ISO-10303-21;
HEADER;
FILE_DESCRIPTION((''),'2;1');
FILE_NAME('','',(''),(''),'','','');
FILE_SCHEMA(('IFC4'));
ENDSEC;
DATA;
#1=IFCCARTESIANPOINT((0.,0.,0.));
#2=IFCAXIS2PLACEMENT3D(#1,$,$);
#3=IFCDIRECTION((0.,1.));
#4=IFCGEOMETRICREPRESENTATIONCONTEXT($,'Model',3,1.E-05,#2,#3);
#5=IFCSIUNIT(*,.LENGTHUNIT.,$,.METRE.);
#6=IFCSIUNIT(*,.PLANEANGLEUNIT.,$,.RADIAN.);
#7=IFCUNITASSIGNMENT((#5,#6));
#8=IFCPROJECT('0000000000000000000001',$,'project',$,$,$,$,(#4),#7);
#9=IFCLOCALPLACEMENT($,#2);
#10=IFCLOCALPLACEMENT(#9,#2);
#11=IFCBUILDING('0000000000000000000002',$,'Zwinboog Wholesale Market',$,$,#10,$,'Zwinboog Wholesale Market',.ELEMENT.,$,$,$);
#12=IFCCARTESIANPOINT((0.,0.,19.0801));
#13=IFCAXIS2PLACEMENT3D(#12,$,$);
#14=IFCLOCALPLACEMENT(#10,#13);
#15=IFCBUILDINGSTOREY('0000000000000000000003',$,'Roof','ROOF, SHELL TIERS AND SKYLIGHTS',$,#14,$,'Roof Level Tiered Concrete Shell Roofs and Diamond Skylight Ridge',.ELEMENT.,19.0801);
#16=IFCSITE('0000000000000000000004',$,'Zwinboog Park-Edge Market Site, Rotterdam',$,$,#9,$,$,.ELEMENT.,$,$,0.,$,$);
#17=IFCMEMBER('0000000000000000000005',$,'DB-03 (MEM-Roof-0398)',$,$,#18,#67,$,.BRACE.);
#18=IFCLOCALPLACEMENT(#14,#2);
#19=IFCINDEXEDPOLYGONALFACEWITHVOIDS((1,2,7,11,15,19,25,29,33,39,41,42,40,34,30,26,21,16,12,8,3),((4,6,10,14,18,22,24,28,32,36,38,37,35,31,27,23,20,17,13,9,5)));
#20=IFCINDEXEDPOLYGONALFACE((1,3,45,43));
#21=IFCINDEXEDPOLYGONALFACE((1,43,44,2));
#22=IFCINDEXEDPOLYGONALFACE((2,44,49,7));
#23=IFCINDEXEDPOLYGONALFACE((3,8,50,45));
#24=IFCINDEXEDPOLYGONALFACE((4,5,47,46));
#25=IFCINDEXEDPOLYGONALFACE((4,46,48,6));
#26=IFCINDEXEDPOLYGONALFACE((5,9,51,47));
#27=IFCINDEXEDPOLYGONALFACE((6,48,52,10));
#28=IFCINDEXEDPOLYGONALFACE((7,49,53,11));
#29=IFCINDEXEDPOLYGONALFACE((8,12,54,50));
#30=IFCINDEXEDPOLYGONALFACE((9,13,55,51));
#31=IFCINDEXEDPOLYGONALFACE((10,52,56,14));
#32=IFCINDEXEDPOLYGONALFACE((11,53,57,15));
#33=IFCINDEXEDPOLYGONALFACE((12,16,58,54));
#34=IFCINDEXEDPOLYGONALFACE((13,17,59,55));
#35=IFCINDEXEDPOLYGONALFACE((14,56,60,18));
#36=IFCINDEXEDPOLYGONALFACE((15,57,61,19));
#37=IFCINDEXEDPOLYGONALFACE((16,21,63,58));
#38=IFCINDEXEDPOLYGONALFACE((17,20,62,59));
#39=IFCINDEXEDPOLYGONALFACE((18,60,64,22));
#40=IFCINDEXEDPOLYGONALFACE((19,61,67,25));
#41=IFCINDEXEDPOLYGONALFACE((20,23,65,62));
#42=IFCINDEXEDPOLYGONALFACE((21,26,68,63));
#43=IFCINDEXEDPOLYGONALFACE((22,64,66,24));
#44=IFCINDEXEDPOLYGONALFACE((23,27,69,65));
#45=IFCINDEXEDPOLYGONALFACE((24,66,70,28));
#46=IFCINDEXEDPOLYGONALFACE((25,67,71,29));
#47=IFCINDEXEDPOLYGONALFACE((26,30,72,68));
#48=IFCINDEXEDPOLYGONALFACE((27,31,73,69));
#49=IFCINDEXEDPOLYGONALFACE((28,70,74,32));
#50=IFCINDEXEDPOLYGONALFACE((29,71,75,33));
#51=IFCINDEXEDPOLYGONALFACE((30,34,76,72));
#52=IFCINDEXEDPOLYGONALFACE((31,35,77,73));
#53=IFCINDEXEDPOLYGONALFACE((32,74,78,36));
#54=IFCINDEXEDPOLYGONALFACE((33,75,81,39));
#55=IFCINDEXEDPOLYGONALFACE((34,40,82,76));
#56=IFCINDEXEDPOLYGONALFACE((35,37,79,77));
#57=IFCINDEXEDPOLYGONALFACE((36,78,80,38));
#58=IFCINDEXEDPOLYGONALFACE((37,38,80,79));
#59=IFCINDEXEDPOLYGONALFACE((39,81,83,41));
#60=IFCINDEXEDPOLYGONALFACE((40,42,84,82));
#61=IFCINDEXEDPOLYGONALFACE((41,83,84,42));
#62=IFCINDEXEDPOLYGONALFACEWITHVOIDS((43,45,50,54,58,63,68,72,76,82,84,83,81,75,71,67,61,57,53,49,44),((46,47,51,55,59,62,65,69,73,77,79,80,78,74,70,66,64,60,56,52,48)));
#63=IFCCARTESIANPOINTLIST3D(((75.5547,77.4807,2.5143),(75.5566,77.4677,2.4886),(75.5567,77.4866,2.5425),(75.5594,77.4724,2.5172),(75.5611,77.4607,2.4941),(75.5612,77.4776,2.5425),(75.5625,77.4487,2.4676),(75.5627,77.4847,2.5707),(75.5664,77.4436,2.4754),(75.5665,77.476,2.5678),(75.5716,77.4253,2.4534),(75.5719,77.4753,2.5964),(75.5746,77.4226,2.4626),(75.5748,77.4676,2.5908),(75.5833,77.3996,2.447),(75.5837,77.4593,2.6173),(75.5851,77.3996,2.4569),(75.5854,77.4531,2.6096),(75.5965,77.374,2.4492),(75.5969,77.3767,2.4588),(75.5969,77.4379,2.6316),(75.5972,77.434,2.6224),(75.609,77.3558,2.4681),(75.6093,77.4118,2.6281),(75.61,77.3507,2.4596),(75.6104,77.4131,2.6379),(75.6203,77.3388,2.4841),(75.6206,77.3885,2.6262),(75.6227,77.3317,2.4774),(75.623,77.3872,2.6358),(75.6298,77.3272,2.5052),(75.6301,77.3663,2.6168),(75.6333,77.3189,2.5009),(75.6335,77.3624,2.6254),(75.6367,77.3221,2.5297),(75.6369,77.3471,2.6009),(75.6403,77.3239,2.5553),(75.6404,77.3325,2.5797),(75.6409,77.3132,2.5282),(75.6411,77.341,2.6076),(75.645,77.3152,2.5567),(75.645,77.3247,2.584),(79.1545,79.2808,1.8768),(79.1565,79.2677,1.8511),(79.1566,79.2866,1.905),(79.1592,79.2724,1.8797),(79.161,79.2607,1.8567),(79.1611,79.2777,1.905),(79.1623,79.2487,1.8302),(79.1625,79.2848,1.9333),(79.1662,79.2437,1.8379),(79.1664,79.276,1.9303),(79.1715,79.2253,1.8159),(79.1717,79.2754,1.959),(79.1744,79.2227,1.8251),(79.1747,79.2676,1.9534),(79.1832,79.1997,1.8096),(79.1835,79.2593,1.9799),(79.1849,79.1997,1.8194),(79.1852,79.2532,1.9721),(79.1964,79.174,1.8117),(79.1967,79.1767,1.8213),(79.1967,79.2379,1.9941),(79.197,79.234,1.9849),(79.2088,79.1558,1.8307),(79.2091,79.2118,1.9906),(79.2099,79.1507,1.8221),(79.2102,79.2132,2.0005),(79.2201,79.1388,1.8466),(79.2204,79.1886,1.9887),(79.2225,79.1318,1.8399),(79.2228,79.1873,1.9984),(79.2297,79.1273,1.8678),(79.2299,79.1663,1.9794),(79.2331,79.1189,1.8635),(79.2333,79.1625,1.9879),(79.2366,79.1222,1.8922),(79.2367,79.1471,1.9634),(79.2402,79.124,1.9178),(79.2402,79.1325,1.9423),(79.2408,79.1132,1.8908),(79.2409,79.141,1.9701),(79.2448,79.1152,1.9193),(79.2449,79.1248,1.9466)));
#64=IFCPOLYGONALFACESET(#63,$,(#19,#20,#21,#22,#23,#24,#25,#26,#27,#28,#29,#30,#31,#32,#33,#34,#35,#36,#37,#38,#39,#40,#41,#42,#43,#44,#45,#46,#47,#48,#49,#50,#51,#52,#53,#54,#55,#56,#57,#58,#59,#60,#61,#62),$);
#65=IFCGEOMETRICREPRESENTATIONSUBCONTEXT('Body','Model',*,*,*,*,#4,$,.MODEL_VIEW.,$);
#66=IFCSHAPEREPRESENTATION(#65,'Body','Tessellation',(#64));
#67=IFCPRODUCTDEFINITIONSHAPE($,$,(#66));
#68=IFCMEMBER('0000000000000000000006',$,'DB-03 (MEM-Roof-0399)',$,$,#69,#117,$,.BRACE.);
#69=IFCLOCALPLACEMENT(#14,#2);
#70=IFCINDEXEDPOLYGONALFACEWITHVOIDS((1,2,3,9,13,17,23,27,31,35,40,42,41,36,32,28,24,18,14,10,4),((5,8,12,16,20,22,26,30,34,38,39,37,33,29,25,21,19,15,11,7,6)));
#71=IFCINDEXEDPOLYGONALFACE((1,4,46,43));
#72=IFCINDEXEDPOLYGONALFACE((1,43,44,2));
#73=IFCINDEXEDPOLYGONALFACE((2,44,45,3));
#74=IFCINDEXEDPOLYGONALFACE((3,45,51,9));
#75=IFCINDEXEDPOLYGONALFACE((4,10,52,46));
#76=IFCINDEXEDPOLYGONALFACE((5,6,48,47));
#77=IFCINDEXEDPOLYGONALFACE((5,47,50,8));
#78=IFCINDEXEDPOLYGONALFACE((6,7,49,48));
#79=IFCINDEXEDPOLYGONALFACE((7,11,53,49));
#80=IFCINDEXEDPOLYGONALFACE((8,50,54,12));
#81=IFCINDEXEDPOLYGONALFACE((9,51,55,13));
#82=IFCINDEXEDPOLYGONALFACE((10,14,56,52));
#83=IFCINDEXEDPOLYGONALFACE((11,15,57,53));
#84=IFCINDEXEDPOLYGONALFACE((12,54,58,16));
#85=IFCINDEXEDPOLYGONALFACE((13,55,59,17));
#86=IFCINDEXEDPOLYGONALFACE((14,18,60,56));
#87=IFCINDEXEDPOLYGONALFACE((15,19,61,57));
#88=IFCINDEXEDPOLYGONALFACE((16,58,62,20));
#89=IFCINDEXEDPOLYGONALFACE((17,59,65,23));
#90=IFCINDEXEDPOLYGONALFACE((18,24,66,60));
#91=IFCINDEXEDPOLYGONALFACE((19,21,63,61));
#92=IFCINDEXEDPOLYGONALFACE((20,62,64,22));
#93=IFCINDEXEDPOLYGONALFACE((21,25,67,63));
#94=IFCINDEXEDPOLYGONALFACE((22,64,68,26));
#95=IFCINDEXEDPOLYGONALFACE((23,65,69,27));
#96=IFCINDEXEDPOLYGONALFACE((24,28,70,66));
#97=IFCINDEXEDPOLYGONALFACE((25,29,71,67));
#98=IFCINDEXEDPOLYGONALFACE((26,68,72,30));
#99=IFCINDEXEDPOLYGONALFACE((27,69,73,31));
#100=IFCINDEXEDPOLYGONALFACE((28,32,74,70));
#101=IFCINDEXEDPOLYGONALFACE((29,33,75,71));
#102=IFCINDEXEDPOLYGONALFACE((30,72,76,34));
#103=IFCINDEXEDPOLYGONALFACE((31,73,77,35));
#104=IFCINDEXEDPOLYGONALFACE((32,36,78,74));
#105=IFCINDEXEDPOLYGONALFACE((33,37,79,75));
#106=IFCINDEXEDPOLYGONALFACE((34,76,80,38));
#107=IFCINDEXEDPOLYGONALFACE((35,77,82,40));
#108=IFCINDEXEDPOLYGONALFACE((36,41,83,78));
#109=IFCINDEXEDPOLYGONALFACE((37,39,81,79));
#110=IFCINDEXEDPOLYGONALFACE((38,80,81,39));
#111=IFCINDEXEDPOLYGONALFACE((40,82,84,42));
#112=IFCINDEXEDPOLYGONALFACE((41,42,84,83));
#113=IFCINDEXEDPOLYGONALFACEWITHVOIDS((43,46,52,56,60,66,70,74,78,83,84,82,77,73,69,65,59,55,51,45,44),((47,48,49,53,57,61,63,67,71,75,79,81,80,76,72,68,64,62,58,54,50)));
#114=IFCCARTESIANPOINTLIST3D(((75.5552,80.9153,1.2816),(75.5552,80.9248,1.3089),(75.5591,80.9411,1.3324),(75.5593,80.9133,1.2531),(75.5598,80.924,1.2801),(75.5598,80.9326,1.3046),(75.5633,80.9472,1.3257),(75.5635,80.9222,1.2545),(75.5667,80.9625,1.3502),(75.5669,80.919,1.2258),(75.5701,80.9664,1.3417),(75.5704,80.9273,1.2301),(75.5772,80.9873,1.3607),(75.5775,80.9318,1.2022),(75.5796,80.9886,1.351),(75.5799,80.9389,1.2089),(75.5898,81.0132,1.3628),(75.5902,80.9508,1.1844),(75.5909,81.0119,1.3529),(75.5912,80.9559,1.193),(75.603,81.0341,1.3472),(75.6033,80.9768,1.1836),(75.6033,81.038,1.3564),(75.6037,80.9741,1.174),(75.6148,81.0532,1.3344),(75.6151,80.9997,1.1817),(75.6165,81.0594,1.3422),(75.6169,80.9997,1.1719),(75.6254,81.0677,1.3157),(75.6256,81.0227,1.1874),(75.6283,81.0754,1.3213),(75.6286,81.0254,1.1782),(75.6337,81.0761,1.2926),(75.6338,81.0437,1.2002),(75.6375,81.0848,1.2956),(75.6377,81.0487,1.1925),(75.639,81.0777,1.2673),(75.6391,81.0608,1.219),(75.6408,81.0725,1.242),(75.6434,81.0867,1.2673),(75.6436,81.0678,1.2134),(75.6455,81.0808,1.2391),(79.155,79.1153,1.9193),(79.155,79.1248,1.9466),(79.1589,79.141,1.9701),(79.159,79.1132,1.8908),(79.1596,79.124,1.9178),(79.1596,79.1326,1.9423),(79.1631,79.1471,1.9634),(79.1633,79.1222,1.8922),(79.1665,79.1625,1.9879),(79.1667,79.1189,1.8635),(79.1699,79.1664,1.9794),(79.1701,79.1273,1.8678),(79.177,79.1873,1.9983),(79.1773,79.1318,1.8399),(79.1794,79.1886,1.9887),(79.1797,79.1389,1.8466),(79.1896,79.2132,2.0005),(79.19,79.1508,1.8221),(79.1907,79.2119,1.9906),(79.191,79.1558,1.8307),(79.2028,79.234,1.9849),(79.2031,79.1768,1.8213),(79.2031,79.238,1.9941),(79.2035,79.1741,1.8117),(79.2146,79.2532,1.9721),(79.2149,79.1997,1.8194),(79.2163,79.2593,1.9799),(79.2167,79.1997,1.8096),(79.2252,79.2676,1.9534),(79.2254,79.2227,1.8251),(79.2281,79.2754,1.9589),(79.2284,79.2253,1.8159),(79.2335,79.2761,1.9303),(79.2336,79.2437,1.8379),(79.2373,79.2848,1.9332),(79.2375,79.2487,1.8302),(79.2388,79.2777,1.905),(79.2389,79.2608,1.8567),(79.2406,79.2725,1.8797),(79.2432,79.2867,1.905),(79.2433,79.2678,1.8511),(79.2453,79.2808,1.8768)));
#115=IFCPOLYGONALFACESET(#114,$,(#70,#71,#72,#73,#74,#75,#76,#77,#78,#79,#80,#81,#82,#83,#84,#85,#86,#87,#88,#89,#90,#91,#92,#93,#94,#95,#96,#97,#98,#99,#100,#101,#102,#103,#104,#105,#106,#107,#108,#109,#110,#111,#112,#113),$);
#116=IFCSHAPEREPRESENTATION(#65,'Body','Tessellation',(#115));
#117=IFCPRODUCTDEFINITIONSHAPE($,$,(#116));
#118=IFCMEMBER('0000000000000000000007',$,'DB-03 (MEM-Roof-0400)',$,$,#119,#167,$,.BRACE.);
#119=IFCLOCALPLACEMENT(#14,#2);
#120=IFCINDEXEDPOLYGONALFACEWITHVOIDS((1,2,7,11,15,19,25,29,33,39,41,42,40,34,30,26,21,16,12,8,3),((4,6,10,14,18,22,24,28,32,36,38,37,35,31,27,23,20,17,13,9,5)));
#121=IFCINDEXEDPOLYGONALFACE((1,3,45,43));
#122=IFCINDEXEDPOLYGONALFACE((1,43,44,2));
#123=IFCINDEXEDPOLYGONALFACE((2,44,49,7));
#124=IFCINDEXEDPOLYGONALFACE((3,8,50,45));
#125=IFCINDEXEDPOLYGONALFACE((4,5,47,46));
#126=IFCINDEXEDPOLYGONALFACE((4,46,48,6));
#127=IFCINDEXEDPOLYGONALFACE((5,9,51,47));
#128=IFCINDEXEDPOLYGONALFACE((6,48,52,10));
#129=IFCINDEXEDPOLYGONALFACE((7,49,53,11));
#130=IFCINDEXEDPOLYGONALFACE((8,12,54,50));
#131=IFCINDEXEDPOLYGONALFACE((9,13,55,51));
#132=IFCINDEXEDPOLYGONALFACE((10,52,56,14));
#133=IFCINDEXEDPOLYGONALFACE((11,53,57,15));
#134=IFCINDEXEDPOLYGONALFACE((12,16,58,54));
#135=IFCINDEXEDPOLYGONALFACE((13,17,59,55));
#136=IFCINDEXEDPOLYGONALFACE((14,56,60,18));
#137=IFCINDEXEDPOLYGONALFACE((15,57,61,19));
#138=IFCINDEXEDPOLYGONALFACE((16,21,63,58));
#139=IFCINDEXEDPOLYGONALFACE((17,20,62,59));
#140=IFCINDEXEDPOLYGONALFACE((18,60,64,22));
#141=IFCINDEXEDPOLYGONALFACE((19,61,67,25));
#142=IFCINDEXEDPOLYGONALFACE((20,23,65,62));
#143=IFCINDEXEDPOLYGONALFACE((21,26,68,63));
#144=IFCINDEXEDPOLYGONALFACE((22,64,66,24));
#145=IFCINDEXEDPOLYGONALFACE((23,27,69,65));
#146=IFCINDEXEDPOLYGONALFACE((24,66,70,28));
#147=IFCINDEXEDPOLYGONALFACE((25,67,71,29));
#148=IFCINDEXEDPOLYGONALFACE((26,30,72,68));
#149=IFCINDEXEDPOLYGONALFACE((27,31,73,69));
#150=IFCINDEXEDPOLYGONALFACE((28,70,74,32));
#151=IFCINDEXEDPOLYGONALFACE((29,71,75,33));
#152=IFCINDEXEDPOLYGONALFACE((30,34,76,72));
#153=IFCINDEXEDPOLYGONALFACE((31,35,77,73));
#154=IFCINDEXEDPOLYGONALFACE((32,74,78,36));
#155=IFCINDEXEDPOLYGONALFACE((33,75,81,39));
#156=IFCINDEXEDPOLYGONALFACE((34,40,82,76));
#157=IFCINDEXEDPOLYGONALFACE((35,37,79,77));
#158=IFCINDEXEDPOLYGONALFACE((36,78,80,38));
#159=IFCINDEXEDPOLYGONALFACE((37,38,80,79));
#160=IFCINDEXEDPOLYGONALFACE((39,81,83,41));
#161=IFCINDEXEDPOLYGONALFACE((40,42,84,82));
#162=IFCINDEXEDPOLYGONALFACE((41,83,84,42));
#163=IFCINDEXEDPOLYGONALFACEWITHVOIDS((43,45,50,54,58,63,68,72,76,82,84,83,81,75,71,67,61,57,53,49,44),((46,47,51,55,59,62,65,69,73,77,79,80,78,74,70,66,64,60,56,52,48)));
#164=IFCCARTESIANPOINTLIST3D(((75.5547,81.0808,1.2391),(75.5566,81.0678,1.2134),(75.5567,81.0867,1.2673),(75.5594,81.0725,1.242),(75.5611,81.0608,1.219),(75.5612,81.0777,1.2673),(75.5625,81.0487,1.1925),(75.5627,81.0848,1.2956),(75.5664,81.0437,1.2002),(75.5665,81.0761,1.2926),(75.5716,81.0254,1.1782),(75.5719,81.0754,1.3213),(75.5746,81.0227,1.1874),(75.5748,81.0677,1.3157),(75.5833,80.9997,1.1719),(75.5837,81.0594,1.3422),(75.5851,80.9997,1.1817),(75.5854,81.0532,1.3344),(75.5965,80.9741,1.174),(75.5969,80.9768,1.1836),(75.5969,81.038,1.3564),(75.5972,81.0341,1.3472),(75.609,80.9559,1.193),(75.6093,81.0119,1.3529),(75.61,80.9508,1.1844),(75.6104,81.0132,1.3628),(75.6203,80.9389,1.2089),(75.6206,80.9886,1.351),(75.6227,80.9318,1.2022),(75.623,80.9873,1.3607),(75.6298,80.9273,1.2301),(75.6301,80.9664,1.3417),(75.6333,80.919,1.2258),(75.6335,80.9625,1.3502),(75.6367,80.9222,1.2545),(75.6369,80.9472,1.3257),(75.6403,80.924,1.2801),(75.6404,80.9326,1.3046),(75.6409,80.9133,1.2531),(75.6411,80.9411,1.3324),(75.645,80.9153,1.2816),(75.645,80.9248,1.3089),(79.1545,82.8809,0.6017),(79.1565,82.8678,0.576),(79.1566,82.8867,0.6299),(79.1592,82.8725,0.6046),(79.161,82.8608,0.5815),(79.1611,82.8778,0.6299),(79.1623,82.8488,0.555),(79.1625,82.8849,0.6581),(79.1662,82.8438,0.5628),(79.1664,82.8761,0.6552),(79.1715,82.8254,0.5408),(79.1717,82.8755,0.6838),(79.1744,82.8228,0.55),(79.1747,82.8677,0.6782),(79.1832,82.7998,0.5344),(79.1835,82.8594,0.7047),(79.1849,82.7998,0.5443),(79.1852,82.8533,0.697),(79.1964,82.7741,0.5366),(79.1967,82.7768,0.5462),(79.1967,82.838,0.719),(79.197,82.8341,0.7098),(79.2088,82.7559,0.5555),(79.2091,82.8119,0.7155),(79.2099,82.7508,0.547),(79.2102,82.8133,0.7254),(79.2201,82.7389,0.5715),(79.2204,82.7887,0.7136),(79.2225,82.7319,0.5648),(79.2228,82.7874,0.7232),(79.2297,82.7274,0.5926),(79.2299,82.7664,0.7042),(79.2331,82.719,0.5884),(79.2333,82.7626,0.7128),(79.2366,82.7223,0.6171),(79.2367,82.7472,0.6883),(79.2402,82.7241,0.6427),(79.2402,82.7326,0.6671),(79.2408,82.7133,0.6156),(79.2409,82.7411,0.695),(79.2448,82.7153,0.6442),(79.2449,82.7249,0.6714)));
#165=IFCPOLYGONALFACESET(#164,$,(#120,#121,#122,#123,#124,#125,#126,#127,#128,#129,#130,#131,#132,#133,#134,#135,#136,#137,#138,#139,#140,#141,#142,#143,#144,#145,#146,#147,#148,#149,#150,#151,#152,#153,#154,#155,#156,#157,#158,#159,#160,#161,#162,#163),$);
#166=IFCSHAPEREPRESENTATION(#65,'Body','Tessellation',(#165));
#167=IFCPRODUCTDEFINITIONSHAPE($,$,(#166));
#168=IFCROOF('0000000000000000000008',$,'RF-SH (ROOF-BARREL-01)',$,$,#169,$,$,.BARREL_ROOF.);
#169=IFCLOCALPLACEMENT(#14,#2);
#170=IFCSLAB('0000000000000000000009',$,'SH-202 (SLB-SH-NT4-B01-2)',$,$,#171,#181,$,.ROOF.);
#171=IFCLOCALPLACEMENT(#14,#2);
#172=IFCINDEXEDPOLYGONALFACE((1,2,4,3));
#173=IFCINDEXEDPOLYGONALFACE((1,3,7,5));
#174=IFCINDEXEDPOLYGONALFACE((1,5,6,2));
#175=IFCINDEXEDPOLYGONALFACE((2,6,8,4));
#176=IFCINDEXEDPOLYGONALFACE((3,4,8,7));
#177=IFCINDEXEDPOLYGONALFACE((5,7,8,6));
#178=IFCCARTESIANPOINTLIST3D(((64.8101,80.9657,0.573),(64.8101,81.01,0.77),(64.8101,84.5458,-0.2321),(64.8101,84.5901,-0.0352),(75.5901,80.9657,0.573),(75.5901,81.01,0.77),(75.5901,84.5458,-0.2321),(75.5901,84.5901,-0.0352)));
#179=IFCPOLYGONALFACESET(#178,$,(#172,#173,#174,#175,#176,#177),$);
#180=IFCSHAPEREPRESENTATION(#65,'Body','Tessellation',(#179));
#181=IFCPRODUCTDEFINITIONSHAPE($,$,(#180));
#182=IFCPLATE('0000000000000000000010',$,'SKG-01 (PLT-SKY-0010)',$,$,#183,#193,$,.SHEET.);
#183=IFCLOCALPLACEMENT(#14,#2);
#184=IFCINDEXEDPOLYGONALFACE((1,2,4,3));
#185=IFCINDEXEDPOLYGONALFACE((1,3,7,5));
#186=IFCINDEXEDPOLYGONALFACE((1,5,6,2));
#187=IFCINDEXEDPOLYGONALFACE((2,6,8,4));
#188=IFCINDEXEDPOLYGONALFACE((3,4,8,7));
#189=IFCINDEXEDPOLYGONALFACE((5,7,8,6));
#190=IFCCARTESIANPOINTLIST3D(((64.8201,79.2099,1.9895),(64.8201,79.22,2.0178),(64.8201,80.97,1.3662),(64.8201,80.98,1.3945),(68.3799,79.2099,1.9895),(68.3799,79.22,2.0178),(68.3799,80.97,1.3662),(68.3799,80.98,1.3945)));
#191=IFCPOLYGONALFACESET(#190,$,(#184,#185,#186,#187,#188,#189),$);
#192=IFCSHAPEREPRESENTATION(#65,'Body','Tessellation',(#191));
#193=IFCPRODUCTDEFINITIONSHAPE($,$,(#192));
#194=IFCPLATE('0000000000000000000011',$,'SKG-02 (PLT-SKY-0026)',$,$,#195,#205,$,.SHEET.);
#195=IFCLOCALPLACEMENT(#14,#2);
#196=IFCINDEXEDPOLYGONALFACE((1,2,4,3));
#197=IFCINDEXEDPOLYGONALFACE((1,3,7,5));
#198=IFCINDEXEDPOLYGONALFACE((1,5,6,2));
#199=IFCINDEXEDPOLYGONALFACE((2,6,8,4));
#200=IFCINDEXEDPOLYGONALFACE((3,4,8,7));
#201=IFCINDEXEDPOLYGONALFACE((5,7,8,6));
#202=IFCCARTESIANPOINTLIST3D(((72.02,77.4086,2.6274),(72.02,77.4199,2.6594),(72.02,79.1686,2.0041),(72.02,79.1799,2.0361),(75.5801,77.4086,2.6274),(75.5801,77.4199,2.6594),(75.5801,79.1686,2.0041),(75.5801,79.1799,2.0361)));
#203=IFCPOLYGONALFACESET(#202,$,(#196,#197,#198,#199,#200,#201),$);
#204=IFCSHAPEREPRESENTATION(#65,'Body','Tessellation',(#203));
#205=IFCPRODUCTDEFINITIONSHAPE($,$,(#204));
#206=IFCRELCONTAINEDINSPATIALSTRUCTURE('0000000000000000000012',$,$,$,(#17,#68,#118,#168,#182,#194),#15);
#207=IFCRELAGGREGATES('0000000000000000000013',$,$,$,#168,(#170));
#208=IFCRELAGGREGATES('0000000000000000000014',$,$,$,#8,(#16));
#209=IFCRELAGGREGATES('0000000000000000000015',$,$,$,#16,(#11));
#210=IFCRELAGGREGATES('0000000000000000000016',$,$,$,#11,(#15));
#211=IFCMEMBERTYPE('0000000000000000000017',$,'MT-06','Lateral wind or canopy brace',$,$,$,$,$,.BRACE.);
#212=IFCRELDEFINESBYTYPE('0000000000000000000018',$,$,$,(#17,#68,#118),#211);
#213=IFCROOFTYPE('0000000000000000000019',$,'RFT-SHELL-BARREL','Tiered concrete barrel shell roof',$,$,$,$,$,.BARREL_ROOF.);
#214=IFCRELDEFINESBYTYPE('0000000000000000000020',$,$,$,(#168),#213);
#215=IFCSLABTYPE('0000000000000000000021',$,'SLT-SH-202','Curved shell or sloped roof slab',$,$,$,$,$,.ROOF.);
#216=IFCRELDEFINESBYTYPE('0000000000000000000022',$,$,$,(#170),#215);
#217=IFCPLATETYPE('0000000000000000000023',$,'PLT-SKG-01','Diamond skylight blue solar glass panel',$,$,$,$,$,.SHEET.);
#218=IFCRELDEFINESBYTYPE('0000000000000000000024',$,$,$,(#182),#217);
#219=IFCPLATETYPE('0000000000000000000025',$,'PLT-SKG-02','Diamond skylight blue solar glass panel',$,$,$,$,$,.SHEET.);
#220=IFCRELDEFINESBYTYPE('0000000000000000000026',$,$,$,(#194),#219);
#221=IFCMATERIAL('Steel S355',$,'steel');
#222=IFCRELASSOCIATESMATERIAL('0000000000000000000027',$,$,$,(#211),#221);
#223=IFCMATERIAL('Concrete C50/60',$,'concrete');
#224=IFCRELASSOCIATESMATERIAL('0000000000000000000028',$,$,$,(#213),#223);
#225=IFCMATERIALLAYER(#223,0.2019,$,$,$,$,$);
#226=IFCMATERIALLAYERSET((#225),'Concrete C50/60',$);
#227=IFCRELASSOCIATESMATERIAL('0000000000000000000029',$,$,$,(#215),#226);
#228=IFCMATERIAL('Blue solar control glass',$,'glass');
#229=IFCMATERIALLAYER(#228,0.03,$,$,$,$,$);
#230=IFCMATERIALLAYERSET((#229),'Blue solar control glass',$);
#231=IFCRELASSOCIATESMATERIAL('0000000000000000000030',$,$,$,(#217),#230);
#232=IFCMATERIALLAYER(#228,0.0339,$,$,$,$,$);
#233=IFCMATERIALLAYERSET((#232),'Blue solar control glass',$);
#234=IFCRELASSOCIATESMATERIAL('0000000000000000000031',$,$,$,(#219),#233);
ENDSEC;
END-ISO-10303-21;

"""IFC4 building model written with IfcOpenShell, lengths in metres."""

from ifc_helpers import new_model, si_unit, direction, frame, origin, origin_2d, place, context, subcontext, project, spatial, polyline, hollow_circle, outline, extrude, material, layer, layer_set, material_profile, profile_set, type_object, element, aggregate, save


model = new_model("IFC4")

# Units and contexts
model_context = context("Model", 3, precision=1e-05, world=origin(), true_north=direction((0.0, 1.0)))
body_context = subcontext(model_context, "Body", "Model", "MODEL_VIEW")
ifc_project = project(units=[si_unit("LENGTHUNIT", "METRE"), si_unit("PLANEANGLEUNIT", "RADIAN")], contexts=[model_context])

# Site, building, storey
site_placement = place(None, origin())
site = spatial("IfcSite", under=ifc_project, at=site_placement, Name="Zwinboog Park-Edge Market Site, Rotterdam", CompositionType="ELEMENT", RefElevation=0.0)
building_placement = place(site_placement, origin())
building = spatial("IfcBuilding", under=site, at=building_placement, Name="Zwinboog Wholesale Market", LongName="Zwinboog Wholesale Market", CompositionType="ELEMENT")
storey_placement = place(building_placement, frame((0.0, 0.0, 19.0801)))
storey = spatial("IfcBuildingStorey", under=building, at=storey_placement, Name="Roof", Description="ROOF, SHELL TIERS AND SKYLIGHTS", LongName="Roof Level Tiered Concrete Shell Roofs and Diamond Skylight Ridge", CompositionType="ELEMENT", Elevation=19.0801)

# Members
ifc_material_1 = material(Name="Steel S355", Category="steel")
ifc_material_profile_1 = material_profile(ifc_material_1, hollow_circle(Radius=0.0969, WallThickness=0.01, at=origin_2d()), Name="CHS 193.7x10")
ifc_profile_set_1 = profile_set([ifc_material_profile_1], Name="Steel S355")
member_type_1 = type_object("IfcMemberType", Name="MT-06", Description="Lateral wind or canopy brace", PredefinedType="BRACE", material=ifc_profile_set_1)
for number, where, z_axis, x_axis, name in (
    (1, (75.6001, 77.3999, 2.5425), (0.883404, 0.441732, -0.15643), (-0.447238, 0.894415, 0.0), "DB-03 (MEM-Roof-0398)"),
    (2, (75.6001, 81.0, 1.2673), (0.883396, -0.441728, 0.156489), (0.447238, 0.894415, 0.0), "DB-03 (MEM-Roof-0399)"),
    (3, (75.6001, 81.0, 1.2673), (0.883404, 0.441732, -0.15643), (-0.447238, 0.894415, 0.0), "DB-03 (MEM-Roof-0400)"),
):
    element("IfcMember", number, at=place(storey_placement, frame(where, z_axis=z_axis, x_axis=x_axis)), inside=storey, type_object=member_type_1, Name=name, PredefinedType="BRACE", context=body_context, shape_type="SweptSolid", body=[
        extrude(hollow_circle(Radius=0.0969, WallThickness=0.01, at=origin_2d()), origin(), (0.0, 0.0, 1.0), 4.075),
    ])

# Roof, slab
ifc_material_2 = material(Name="Concrete C50/60", Category="concrete")
roof_type = type_object("IfcRoofType", Name="RFT-SHELL-BARREL", Description="Tiered concrete barrel shell roof", PredefinedType="BARREL_ROOF", material=ifc_material_2)
roof_placement = place(storey_placement, origin())
roof = element("IfcRoof", 4, at=roof_placement, inside=storey, type_object=roof_type, Name="RF-SH (ROOF-BARREL-01)", PredefinedType="BARREL_ROOF")
ifc_layer_1 = layer(ifc_material_2, 0.2019)
ifc_layer_set_1 = layer_set([ifc_layer_1], Name="Concrete C50/60")
slab_type = type_object("IfcSlabType", Name="SLT-SH-202", Description="Curved shell or sloped roof slab", PredefinedType="ROOF", material=ifc_layer_set_1)
slab_placement = place(storey_placement, frame((64.8101, 81.01, 0.77), z_axis=(0.0, 0.219424, 0.97563), x_axis=(1.0, 0.0, 0.0)))
slab = element("IfcSlab", 5, at=slab_placement, type_object=slab_type, Name="SH-202 (SLB-SH-NT4-B01-2)", PredefinedType="ROOF", context=body_context, shape_type="SweptSolid", body=[
    extrude(outline(polyline([(0.0, 0.0), (10.78, 0.0), (10.78, 3.6695), (0.0, 3.6695), (0.0, 0.0)])), origin(), (0.0, 0.0, -1.0), 0.2019),
])
aggregate(roof, [slab])

# Plates
ifc_material_3 = material(Name="Blue solar control glass", Category="glass")
ifc_layer_2 = layer(ifc_material_3, 0.03)
ifc_layer_set_2 = layer_set([ifc_layer_2], Name="Blue solar control glass")
plate_type_1 = type_object("IfcPlateType", Name="PLT-SKG-01", Description="Diamond skylight blue solar glass panel", PredefinedType="SHEET", material=ifc_layer_set_2)
plate_1_placement = place(storey_placement, frame((64.8201, 79.22, 2.0178), z_axis=(0.0, 0.333825, 0.942635), x_axis=(1.0, 0.0, 0.0)))
element("IfcPlate", 6, at=plate_1_placement, inside=storey, type_object=plate_type_1, Name="SKG-01 (PLT-SKY-0010)", PredefinedType="SHEET", context=body_context, shape_type="SweptSolid", body=[
    extrude(outline(polyline([(0.0, 0.0), (3.5598, 0.0), (3.5598, 1.8671), (0.0, 1.8671), (0.0, 0.0)])), origin(), (0.0, 0.0, -1.0), 0.03),
])
ifc_layer_3 = layer(ifc_material_3, 0.0339)
ifc_layer_set_3 = layer_set([ifc_layer_3], Name="Blue solar control glass")
plate_type_2 = type_object("IfcPlateType", Name="PLT-SKG-02", Description="Diamond skylight blue solar glass panel", PredefinedType="SHEET", material=ifc_layer_set_3)
plate_2_placement = place(storey_placement, frame((72.02, 77.4199, 2.6594), z_axis=(0.0, 0.333825, 0.942635), x_axis=(1.0, 0.0, 0.0)))
element("IfcPlate", 7, at=plate_2_placement, inside=storey, type_object=plate_type_2, Name="SKG-02 (PLT-SKY-0026)", PredefinedType="SHEET", context=body_context, shape_type="SweptSolid", body=[
    extrude(outline(polyline([(0.0, 0.0), (3.5601, 0.0), (3.5601, 1.8671), (0.0, 1.8671), (0.0, 0.0)])), origin(), (0.0, 0.0, -1.0), 0.0339),
])

save(model, "model.ifc")
